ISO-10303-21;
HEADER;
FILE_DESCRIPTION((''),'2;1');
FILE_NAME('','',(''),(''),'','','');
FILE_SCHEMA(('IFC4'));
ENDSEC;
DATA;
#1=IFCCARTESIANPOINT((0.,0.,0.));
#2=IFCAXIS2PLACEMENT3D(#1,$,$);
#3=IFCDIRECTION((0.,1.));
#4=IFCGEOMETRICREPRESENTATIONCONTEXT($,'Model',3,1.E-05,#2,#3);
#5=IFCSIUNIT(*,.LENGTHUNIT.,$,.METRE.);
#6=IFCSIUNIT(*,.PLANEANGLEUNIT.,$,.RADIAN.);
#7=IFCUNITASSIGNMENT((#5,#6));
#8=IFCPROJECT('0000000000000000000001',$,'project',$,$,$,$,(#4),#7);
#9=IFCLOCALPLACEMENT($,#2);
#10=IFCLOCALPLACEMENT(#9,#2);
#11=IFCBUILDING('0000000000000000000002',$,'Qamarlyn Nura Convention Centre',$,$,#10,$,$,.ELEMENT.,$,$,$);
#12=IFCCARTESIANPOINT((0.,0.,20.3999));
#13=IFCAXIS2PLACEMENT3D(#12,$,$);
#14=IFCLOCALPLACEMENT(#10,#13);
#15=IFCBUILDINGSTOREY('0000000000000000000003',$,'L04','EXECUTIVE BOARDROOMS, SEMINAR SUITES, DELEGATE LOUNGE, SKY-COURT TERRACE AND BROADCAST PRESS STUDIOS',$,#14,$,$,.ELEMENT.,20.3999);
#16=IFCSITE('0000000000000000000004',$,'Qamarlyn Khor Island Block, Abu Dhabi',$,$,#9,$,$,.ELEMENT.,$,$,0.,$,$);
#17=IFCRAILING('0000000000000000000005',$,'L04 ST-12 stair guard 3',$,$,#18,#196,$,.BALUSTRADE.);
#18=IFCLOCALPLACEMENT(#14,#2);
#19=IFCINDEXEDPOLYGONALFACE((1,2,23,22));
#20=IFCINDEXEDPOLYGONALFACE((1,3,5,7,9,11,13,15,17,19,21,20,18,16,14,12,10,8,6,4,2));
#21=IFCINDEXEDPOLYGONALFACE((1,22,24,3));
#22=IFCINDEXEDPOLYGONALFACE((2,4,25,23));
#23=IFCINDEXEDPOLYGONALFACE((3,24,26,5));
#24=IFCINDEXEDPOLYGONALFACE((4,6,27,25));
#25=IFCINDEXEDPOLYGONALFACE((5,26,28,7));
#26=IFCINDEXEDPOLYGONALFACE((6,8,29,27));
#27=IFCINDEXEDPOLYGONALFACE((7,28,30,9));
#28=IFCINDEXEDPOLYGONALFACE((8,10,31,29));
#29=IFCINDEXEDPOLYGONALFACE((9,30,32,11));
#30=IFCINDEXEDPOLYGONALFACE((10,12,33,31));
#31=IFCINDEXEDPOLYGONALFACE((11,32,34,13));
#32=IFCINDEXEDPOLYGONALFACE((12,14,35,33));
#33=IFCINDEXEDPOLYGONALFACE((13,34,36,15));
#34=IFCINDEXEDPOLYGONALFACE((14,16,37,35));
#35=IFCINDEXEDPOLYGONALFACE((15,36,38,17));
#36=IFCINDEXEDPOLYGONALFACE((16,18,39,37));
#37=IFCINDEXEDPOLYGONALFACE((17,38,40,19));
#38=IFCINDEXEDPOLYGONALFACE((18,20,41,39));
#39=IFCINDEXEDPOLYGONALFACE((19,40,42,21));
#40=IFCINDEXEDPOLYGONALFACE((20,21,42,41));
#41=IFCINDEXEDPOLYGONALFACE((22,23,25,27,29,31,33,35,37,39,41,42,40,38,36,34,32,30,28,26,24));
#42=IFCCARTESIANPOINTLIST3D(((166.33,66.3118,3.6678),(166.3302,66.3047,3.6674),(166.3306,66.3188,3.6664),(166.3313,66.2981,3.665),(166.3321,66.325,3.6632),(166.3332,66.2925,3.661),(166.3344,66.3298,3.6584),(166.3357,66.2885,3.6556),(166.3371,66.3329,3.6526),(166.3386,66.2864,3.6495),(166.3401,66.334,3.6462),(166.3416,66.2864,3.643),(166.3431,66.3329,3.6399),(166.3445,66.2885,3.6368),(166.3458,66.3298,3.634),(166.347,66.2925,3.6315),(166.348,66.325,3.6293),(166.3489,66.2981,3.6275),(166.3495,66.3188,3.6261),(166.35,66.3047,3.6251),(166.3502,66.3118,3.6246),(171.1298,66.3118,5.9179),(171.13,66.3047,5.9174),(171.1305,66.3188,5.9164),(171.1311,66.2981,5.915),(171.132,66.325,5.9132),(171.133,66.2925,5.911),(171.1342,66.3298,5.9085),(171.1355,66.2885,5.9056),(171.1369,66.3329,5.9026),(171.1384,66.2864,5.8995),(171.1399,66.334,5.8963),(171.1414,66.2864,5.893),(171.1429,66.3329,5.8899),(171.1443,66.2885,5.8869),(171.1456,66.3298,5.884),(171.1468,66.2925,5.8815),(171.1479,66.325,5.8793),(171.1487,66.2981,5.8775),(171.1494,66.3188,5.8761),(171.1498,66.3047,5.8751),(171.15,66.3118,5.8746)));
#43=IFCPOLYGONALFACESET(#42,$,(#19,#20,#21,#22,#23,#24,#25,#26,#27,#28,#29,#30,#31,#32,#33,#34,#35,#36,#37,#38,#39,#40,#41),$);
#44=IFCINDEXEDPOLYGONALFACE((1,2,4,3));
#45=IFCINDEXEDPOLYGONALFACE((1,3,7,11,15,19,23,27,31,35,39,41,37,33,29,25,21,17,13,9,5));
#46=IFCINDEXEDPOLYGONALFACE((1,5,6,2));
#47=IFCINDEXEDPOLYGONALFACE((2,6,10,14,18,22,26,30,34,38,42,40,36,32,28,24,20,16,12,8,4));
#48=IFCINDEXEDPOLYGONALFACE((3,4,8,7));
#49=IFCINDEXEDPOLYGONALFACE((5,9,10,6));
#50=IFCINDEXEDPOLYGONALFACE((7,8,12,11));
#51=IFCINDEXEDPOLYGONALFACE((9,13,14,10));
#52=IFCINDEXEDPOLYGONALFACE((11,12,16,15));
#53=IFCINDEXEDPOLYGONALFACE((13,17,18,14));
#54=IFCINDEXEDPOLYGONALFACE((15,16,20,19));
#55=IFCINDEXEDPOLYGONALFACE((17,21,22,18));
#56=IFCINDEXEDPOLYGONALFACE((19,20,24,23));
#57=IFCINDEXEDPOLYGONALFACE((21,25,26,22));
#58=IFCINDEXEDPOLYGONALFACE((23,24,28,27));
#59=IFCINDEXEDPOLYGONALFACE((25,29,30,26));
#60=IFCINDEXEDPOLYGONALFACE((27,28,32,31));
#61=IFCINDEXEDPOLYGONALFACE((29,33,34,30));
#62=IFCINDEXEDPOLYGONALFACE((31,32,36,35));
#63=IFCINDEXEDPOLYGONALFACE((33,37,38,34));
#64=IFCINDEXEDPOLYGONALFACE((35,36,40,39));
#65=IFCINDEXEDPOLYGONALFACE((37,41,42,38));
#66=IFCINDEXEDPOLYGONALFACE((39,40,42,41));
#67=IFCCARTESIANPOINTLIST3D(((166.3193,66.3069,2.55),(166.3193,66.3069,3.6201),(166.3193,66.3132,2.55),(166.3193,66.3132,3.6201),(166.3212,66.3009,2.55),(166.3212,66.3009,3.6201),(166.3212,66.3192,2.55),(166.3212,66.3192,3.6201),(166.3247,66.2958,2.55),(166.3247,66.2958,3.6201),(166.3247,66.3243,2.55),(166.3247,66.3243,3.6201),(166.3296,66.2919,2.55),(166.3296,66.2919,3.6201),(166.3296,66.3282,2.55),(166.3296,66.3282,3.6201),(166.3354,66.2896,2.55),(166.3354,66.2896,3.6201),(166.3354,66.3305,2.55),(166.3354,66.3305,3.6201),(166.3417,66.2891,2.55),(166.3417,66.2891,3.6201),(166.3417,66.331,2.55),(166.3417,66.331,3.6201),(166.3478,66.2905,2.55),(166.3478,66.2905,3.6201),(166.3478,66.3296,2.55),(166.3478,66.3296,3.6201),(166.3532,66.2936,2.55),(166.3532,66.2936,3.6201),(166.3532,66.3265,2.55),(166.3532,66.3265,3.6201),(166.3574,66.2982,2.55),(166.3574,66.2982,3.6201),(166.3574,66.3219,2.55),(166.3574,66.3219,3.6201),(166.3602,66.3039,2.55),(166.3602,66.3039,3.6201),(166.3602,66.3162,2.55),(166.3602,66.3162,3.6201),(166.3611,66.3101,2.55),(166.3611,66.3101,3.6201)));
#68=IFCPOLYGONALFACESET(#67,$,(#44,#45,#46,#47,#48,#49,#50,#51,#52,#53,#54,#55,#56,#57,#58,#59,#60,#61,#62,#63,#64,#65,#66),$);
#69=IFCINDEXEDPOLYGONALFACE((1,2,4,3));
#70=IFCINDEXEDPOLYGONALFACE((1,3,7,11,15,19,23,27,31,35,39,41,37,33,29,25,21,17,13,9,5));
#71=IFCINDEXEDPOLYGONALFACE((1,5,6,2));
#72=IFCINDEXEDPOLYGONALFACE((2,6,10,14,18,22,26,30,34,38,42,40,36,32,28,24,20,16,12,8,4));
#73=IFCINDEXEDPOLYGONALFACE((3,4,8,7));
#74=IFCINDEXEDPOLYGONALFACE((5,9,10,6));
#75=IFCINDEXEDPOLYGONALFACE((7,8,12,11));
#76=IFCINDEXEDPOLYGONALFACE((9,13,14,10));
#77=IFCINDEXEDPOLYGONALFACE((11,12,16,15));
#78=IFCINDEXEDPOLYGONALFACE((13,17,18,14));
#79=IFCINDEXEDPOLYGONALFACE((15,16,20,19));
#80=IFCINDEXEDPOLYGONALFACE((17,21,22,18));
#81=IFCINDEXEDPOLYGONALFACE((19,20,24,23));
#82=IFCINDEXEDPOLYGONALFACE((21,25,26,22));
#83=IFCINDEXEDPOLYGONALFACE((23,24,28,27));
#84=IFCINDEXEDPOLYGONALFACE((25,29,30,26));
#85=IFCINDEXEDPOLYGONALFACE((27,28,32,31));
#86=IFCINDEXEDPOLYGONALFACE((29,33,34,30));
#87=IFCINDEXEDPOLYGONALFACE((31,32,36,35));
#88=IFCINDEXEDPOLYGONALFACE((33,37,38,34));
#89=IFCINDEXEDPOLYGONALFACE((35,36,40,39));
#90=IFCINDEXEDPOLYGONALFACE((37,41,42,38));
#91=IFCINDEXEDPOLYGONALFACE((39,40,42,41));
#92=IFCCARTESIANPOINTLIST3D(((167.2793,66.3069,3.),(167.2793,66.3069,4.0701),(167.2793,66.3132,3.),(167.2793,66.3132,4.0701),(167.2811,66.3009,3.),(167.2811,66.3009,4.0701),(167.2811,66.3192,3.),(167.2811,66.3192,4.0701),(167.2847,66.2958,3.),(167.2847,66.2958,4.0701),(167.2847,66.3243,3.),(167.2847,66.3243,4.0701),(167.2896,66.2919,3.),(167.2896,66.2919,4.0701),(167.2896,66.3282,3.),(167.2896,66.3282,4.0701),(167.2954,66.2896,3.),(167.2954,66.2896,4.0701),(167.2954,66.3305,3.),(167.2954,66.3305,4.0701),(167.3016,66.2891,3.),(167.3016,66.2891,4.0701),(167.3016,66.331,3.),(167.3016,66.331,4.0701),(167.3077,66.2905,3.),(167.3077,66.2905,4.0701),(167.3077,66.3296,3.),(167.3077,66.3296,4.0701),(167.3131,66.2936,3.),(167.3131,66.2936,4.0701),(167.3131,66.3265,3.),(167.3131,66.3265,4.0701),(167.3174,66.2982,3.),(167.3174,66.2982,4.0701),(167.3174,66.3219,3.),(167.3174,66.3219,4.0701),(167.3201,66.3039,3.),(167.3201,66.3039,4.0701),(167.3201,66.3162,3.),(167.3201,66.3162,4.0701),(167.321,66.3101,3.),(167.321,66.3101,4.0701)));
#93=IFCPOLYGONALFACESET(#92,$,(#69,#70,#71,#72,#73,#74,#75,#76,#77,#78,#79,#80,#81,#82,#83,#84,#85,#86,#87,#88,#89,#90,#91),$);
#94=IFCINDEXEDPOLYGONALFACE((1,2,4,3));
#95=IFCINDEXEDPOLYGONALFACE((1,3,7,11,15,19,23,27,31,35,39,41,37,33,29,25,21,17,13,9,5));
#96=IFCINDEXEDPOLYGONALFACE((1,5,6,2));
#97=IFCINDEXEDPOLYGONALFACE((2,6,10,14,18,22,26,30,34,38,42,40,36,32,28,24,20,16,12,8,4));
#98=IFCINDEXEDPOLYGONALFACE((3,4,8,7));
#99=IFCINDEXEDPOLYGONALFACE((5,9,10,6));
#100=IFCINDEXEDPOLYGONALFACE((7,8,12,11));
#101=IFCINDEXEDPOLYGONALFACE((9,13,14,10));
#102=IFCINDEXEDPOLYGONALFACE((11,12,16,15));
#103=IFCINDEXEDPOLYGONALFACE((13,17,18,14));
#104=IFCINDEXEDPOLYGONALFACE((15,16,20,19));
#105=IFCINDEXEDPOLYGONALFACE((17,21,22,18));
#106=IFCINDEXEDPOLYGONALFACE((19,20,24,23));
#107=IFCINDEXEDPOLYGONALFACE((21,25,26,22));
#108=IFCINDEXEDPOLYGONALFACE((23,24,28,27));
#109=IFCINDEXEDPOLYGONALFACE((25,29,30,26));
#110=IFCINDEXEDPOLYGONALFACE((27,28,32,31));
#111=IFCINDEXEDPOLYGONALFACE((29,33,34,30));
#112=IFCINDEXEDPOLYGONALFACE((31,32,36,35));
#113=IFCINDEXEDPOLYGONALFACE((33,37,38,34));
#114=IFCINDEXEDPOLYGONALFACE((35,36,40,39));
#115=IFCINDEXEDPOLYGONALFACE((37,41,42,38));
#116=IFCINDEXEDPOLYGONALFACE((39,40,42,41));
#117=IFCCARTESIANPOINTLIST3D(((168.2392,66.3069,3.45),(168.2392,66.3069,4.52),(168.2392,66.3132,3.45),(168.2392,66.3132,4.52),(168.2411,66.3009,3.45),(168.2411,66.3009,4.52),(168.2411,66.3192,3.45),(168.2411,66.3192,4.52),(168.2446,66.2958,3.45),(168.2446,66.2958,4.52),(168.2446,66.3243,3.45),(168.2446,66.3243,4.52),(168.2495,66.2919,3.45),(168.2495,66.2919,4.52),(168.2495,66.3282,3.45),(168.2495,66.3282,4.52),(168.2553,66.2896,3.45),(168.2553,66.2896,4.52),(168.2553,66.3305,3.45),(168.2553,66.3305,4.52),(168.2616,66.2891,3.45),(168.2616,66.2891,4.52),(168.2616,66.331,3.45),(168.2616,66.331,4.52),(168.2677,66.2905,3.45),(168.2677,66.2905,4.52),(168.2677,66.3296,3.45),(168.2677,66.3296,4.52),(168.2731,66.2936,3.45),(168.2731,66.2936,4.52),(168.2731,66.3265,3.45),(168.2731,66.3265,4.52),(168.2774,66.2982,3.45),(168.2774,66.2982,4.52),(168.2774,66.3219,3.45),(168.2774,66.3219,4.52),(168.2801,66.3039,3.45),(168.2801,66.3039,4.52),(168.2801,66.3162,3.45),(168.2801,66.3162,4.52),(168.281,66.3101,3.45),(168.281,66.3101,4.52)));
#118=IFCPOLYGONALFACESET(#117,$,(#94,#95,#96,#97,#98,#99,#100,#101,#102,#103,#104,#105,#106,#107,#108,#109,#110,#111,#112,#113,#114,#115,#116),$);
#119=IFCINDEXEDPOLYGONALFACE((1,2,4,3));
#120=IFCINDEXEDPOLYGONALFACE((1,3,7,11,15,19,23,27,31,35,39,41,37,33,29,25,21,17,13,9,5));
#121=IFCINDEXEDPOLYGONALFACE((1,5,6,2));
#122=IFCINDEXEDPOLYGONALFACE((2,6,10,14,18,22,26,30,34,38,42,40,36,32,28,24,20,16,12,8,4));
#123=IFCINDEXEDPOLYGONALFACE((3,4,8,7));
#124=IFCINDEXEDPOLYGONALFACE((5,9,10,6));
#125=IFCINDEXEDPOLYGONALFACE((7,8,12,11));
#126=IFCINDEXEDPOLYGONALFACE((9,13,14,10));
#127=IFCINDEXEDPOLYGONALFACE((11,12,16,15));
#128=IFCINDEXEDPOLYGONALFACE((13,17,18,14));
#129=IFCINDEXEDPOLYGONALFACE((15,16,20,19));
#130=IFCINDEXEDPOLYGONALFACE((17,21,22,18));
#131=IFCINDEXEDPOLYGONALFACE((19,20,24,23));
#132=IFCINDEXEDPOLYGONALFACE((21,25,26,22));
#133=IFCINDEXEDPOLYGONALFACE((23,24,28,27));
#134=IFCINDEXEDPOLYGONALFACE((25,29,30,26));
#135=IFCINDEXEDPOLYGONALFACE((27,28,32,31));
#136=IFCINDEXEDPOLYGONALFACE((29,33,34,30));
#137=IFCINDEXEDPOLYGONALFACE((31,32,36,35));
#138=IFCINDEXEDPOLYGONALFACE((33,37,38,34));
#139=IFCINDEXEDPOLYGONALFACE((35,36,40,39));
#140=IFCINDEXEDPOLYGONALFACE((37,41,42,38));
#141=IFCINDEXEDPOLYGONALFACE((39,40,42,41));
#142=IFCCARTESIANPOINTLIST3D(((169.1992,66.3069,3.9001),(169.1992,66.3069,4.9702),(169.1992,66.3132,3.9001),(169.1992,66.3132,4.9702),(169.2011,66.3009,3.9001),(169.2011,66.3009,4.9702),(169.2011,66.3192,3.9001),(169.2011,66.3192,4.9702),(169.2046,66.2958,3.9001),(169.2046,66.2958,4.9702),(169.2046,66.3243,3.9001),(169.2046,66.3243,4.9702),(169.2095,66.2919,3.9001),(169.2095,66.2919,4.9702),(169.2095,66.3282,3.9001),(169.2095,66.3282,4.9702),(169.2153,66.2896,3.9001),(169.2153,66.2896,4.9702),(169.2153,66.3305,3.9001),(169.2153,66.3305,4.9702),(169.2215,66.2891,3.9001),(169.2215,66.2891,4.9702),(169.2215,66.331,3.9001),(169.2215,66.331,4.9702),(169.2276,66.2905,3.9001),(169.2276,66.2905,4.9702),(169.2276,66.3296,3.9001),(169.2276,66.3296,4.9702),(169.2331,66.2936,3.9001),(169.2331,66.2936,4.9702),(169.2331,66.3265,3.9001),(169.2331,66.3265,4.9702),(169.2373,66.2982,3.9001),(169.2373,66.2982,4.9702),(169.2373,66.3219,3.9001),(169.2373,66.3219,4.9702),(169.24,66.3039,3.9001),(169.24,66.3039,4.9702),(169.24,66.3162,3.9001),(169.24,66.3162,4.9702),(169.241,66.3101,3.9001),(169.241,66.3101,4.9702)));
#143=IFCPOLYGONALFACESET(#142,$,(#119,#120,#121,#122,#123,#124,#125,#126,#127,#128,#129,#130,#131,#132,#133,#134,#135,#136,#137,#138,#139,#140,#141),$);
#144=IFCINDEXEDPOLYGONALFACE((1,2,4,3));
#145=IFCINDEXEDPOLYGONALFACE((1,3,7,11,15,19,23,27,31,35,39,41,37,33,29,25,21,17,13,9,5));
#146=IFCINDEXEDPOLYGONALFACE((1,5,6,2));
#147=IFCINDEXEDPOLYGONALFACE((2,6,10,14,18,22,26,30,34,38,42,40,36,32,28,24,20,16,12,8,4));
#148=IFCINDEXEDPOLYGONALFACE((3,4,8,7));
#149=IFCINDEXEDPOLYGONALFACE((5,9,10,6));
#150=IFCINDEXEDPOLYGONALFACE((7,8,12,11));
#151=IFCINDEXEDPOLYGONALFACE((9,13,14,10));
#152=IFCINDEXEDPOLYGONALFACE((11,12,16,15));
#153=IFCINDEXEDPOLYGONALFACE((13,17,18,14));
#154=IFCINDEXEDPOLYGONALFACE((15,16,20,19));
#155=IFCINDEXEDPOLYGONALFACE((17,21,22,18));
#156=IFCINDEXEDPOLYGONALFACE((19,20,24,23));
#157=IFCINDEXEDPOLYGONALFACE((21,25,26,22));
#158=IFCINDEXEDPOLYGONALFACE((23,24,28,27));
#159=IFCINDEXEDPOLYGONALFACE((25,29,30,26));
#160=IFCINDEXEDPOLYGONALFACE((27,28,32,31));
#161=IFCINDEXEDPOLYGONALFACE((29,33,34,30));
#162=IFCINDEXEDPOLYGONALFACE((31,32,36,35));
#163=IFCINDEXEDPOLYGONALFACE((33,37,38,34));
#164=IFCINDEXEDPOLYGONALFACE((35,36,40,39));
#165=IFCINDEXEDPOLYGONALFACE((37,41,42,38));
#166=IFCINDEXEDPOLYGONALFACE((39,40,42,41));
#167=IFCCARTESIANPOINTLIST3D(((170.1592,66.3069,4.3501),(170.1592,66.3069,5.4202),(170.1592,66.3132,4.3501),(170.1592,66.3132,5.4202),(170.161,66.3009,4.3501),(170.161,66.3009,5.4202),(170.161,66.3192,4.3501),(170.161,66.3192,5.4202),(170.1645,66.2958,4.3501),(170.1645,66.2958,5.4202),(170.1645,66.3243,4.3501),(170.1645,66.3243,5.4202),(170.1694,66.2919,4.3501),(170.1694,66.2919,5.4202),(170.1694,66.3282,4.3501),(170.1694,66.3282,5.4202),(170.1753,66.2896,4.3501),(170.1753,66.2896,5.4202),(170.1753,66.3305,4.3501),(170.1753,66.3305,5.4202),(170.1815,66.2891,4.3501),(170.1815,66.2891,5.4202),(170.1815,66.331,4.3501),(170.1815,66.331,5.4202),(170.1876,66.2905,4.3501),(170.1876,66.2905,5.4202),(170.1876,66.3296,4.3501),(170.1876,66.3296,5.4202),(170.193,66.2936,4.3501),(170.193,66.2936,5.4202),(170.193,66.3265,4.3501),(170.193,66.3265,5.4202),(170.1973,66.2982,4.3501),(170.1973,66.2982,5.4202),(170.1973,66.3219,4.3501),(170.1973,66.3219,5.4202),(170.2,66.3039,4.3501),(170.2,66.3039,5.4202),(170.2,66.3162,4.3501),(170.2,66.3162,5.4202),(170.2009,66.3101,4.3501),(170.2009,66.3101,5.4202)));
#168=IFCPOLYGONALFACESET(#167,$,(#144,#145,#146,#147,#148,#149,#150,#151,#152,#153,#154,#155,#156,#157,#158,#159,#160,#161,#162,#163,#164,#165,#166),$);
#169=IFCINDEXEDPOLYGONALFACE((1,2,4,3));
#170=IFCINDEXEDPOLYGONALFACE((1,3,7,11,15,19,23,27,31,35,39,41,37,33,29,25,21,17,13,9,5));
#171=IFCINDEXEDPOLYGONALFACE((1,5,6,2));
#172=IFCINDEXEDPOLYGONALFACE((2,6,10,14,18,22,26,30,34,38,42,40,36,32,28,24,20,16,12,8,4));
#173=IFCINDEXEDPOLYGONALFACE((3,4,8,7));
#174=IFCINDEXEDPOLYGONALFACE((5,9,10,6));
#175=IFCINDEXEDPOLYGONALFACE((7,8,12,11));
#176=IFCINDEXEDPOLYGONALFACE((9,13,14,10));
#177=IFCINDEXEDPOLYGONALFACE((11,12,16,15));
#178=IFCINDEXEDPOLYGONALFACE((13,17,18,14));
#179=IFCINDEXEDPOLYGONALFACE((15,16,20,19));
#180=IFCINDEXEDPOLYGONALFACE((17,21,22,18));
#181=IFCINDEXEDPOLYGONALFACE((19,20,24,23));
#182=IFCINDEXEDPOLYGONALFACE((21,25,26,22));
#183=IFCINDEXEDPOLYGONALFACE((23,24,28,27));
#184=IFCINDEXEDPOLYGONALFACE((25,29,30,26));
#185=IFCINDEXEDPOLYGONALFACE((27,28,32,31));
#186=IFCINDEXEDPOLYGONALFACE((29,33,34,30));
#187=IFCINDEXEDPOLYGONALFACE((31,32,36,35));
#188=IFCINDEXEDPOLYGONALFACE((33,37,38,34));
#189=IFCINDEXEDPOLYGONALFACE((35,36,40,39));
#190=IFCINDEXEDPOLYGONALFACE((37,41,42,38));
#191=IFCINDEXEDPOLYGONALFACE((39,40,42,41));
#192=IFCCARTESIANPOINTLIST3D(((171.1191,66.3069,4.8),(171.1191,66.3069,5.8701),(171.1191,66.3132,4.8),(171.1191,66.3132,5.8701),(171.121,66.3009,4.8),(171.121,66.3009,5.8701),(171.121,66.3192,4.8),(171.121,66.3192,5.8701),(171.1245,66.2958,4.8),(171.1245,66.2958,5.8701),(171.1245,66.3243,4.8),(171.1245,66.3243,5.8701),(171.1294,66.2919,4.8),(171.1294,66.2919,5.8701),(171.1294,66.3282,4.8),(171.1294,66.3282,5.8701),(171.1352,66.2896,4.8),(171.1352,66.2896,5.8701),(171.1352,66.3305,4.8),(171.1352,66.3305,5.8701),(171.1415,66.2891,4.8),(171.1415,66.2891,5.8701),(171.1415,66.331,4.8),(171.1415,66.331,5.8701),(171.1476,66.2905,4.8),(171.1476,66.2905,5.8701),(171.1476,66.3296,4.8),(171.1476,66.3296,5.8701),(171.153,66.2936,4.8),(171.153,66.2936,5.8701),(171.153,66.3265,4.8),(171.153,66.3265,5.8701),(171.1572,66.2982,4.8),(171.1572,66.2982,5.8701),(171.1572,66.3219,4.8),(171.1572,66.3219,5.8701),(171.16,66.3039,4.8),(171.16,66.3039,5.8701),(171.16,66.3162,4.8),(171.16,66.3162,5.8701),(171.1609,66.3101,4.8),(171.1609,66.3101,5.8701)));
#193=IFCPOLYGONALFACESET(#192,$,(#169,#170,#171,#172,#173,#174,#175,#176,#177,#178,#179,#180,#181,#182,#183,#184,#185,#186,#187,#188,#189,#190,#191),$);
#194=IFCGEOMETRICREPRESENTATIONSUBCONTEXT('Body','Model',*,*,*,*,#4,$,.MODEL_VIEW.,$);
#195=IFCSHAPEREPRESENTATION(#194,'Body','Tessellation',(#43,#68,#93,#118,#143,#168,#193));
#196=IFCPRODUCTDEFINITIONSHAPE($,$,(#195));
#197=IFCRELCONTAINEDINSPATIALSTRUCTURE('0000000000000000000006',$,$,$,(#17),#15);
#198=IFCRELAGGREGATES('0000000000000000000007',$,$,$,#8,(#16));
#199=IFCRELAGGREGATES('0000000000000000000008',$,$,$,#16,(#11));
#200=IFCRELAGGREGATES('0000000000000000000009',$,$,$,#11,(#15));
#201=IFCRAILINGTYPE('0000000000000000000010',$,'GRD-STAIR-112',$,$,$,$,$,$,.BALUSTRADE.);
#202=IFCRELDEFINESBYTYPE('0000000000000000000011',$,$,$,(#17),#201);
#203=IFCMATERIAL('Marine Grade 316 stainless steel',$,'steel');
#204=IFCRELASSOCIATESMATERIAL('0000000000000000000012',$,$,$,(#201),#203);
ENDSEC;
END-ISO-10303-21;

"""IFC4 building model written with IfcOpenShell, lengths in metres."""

from ifc_helpers import new_model, si_unit, direction, frame, origin, origin_2d, place, context, subcontext, project, spatial, circle, extrude, material, type_object, element, save


model = new_model("IFC4")

# Units and contexts
model_context = context("Model", 3, precision=1e-05, world=origin(), true_north=direction((0.0, 1.0)))
body_context = subcontext(model_context, "Body", "Model", "MODEL_VIEW")
ifc_project = project(units=[si_unit("LENGTHUNIT", "METRE"), si_unit("PLANEANGLEUNIT", "RADIAN")], contexts=[model_context])

# Site, building, storey
site_placement = place(None, origin())
site = spatial("IfcSite", under=ifc_project, at=site_placement, Name="Qamarlyn Khor Island Block, Abu Dhabi", CompositionType="ELEMENT", RefElevation=0.0)
building_placement = place(site_placement, origin())
building = spatial("IfcBuilding", under=site, at=building_placement, Name="Qamarlyn Nura Convention Centre", CompositionType="ELEMENT")
storey_placement = place(building_placement, frame((0.0, 0.0, 20.3999)))
storey = spatial("IfcBuildingStorey", under=building, at=storey_placement, Name="L04", Description="EXECUTIVE BOARDROOMS, SEMINAR SUITES, DELEGATE LOUNGE, SKY-COURT TERRACE AND BROADCAST PRESS STUDIOS", CompositionType="ELEMENT", Elevation=20.3999)

# Shared definitions
ifc_material_1 = material(Name="Marine Grade 316 stainless steel", Category="steel")

# Railing
railing_type = type_object("IfcRailingType", Name="GRD-STAIR-112", PredefinedType="BALUSTRADE", material=ifc_material_1)
railing_1_placement = place(storey_placement, frame((166.3401, 66.3101, 2.55)))
element("IfcRailing", 1, at=railing_1_placement, inside=storey, type_object=railing_type, Name="L04 ST-12 stair guard 3", PredefinedType="BALUSTRADE", context=body_context, shape_type="SweptSolid", body=[
    extrude(circle(Radius=0.0239, at=origin_2d()), frame((0.0, 0.0, 1.0962), z_axis=(0.905452, 0.0, 0.424448), x_axis=(0.0, 1.0, 0.0)), (0.0, 0.0, 1.0), 5.301),
    extrude(circle(Radius=0.021, at=origin_2d()), origin(), (0.0, 0.0, 1.0), 1.0701),
    extrude(circle(Radius=0.021, at=origin_2d()), frame((0.96, 0.0, 0.45)), (0.0, 0.0, 1.0), 1.0701),
    extrude(circle(Radius=0.021, at=origin_2d()), frame((1.9199, 0.0, 0.8999)), (0.0, 0.0, 1.0), 1.0701),
    extrude(circle(Radius=0.021, at=origin_2d()), frame((2.8799, 0.0, 1.3501)), (0.0, 0.0, 1.0), 1.0701),
    extrude(circle(Radius=0.021, at=origin_2d()), frame((3.8398, 0.0, 1.8)), (0.0, 0.0, 1.0), 1.0701),
    extrude(circle(Radius=0.021, at=origin_2d()), frame((4.7998, 0.0, 2.25)), (0.0, 0.0, 1.0), 1.0701),
])

save(model, "model.ifc")
